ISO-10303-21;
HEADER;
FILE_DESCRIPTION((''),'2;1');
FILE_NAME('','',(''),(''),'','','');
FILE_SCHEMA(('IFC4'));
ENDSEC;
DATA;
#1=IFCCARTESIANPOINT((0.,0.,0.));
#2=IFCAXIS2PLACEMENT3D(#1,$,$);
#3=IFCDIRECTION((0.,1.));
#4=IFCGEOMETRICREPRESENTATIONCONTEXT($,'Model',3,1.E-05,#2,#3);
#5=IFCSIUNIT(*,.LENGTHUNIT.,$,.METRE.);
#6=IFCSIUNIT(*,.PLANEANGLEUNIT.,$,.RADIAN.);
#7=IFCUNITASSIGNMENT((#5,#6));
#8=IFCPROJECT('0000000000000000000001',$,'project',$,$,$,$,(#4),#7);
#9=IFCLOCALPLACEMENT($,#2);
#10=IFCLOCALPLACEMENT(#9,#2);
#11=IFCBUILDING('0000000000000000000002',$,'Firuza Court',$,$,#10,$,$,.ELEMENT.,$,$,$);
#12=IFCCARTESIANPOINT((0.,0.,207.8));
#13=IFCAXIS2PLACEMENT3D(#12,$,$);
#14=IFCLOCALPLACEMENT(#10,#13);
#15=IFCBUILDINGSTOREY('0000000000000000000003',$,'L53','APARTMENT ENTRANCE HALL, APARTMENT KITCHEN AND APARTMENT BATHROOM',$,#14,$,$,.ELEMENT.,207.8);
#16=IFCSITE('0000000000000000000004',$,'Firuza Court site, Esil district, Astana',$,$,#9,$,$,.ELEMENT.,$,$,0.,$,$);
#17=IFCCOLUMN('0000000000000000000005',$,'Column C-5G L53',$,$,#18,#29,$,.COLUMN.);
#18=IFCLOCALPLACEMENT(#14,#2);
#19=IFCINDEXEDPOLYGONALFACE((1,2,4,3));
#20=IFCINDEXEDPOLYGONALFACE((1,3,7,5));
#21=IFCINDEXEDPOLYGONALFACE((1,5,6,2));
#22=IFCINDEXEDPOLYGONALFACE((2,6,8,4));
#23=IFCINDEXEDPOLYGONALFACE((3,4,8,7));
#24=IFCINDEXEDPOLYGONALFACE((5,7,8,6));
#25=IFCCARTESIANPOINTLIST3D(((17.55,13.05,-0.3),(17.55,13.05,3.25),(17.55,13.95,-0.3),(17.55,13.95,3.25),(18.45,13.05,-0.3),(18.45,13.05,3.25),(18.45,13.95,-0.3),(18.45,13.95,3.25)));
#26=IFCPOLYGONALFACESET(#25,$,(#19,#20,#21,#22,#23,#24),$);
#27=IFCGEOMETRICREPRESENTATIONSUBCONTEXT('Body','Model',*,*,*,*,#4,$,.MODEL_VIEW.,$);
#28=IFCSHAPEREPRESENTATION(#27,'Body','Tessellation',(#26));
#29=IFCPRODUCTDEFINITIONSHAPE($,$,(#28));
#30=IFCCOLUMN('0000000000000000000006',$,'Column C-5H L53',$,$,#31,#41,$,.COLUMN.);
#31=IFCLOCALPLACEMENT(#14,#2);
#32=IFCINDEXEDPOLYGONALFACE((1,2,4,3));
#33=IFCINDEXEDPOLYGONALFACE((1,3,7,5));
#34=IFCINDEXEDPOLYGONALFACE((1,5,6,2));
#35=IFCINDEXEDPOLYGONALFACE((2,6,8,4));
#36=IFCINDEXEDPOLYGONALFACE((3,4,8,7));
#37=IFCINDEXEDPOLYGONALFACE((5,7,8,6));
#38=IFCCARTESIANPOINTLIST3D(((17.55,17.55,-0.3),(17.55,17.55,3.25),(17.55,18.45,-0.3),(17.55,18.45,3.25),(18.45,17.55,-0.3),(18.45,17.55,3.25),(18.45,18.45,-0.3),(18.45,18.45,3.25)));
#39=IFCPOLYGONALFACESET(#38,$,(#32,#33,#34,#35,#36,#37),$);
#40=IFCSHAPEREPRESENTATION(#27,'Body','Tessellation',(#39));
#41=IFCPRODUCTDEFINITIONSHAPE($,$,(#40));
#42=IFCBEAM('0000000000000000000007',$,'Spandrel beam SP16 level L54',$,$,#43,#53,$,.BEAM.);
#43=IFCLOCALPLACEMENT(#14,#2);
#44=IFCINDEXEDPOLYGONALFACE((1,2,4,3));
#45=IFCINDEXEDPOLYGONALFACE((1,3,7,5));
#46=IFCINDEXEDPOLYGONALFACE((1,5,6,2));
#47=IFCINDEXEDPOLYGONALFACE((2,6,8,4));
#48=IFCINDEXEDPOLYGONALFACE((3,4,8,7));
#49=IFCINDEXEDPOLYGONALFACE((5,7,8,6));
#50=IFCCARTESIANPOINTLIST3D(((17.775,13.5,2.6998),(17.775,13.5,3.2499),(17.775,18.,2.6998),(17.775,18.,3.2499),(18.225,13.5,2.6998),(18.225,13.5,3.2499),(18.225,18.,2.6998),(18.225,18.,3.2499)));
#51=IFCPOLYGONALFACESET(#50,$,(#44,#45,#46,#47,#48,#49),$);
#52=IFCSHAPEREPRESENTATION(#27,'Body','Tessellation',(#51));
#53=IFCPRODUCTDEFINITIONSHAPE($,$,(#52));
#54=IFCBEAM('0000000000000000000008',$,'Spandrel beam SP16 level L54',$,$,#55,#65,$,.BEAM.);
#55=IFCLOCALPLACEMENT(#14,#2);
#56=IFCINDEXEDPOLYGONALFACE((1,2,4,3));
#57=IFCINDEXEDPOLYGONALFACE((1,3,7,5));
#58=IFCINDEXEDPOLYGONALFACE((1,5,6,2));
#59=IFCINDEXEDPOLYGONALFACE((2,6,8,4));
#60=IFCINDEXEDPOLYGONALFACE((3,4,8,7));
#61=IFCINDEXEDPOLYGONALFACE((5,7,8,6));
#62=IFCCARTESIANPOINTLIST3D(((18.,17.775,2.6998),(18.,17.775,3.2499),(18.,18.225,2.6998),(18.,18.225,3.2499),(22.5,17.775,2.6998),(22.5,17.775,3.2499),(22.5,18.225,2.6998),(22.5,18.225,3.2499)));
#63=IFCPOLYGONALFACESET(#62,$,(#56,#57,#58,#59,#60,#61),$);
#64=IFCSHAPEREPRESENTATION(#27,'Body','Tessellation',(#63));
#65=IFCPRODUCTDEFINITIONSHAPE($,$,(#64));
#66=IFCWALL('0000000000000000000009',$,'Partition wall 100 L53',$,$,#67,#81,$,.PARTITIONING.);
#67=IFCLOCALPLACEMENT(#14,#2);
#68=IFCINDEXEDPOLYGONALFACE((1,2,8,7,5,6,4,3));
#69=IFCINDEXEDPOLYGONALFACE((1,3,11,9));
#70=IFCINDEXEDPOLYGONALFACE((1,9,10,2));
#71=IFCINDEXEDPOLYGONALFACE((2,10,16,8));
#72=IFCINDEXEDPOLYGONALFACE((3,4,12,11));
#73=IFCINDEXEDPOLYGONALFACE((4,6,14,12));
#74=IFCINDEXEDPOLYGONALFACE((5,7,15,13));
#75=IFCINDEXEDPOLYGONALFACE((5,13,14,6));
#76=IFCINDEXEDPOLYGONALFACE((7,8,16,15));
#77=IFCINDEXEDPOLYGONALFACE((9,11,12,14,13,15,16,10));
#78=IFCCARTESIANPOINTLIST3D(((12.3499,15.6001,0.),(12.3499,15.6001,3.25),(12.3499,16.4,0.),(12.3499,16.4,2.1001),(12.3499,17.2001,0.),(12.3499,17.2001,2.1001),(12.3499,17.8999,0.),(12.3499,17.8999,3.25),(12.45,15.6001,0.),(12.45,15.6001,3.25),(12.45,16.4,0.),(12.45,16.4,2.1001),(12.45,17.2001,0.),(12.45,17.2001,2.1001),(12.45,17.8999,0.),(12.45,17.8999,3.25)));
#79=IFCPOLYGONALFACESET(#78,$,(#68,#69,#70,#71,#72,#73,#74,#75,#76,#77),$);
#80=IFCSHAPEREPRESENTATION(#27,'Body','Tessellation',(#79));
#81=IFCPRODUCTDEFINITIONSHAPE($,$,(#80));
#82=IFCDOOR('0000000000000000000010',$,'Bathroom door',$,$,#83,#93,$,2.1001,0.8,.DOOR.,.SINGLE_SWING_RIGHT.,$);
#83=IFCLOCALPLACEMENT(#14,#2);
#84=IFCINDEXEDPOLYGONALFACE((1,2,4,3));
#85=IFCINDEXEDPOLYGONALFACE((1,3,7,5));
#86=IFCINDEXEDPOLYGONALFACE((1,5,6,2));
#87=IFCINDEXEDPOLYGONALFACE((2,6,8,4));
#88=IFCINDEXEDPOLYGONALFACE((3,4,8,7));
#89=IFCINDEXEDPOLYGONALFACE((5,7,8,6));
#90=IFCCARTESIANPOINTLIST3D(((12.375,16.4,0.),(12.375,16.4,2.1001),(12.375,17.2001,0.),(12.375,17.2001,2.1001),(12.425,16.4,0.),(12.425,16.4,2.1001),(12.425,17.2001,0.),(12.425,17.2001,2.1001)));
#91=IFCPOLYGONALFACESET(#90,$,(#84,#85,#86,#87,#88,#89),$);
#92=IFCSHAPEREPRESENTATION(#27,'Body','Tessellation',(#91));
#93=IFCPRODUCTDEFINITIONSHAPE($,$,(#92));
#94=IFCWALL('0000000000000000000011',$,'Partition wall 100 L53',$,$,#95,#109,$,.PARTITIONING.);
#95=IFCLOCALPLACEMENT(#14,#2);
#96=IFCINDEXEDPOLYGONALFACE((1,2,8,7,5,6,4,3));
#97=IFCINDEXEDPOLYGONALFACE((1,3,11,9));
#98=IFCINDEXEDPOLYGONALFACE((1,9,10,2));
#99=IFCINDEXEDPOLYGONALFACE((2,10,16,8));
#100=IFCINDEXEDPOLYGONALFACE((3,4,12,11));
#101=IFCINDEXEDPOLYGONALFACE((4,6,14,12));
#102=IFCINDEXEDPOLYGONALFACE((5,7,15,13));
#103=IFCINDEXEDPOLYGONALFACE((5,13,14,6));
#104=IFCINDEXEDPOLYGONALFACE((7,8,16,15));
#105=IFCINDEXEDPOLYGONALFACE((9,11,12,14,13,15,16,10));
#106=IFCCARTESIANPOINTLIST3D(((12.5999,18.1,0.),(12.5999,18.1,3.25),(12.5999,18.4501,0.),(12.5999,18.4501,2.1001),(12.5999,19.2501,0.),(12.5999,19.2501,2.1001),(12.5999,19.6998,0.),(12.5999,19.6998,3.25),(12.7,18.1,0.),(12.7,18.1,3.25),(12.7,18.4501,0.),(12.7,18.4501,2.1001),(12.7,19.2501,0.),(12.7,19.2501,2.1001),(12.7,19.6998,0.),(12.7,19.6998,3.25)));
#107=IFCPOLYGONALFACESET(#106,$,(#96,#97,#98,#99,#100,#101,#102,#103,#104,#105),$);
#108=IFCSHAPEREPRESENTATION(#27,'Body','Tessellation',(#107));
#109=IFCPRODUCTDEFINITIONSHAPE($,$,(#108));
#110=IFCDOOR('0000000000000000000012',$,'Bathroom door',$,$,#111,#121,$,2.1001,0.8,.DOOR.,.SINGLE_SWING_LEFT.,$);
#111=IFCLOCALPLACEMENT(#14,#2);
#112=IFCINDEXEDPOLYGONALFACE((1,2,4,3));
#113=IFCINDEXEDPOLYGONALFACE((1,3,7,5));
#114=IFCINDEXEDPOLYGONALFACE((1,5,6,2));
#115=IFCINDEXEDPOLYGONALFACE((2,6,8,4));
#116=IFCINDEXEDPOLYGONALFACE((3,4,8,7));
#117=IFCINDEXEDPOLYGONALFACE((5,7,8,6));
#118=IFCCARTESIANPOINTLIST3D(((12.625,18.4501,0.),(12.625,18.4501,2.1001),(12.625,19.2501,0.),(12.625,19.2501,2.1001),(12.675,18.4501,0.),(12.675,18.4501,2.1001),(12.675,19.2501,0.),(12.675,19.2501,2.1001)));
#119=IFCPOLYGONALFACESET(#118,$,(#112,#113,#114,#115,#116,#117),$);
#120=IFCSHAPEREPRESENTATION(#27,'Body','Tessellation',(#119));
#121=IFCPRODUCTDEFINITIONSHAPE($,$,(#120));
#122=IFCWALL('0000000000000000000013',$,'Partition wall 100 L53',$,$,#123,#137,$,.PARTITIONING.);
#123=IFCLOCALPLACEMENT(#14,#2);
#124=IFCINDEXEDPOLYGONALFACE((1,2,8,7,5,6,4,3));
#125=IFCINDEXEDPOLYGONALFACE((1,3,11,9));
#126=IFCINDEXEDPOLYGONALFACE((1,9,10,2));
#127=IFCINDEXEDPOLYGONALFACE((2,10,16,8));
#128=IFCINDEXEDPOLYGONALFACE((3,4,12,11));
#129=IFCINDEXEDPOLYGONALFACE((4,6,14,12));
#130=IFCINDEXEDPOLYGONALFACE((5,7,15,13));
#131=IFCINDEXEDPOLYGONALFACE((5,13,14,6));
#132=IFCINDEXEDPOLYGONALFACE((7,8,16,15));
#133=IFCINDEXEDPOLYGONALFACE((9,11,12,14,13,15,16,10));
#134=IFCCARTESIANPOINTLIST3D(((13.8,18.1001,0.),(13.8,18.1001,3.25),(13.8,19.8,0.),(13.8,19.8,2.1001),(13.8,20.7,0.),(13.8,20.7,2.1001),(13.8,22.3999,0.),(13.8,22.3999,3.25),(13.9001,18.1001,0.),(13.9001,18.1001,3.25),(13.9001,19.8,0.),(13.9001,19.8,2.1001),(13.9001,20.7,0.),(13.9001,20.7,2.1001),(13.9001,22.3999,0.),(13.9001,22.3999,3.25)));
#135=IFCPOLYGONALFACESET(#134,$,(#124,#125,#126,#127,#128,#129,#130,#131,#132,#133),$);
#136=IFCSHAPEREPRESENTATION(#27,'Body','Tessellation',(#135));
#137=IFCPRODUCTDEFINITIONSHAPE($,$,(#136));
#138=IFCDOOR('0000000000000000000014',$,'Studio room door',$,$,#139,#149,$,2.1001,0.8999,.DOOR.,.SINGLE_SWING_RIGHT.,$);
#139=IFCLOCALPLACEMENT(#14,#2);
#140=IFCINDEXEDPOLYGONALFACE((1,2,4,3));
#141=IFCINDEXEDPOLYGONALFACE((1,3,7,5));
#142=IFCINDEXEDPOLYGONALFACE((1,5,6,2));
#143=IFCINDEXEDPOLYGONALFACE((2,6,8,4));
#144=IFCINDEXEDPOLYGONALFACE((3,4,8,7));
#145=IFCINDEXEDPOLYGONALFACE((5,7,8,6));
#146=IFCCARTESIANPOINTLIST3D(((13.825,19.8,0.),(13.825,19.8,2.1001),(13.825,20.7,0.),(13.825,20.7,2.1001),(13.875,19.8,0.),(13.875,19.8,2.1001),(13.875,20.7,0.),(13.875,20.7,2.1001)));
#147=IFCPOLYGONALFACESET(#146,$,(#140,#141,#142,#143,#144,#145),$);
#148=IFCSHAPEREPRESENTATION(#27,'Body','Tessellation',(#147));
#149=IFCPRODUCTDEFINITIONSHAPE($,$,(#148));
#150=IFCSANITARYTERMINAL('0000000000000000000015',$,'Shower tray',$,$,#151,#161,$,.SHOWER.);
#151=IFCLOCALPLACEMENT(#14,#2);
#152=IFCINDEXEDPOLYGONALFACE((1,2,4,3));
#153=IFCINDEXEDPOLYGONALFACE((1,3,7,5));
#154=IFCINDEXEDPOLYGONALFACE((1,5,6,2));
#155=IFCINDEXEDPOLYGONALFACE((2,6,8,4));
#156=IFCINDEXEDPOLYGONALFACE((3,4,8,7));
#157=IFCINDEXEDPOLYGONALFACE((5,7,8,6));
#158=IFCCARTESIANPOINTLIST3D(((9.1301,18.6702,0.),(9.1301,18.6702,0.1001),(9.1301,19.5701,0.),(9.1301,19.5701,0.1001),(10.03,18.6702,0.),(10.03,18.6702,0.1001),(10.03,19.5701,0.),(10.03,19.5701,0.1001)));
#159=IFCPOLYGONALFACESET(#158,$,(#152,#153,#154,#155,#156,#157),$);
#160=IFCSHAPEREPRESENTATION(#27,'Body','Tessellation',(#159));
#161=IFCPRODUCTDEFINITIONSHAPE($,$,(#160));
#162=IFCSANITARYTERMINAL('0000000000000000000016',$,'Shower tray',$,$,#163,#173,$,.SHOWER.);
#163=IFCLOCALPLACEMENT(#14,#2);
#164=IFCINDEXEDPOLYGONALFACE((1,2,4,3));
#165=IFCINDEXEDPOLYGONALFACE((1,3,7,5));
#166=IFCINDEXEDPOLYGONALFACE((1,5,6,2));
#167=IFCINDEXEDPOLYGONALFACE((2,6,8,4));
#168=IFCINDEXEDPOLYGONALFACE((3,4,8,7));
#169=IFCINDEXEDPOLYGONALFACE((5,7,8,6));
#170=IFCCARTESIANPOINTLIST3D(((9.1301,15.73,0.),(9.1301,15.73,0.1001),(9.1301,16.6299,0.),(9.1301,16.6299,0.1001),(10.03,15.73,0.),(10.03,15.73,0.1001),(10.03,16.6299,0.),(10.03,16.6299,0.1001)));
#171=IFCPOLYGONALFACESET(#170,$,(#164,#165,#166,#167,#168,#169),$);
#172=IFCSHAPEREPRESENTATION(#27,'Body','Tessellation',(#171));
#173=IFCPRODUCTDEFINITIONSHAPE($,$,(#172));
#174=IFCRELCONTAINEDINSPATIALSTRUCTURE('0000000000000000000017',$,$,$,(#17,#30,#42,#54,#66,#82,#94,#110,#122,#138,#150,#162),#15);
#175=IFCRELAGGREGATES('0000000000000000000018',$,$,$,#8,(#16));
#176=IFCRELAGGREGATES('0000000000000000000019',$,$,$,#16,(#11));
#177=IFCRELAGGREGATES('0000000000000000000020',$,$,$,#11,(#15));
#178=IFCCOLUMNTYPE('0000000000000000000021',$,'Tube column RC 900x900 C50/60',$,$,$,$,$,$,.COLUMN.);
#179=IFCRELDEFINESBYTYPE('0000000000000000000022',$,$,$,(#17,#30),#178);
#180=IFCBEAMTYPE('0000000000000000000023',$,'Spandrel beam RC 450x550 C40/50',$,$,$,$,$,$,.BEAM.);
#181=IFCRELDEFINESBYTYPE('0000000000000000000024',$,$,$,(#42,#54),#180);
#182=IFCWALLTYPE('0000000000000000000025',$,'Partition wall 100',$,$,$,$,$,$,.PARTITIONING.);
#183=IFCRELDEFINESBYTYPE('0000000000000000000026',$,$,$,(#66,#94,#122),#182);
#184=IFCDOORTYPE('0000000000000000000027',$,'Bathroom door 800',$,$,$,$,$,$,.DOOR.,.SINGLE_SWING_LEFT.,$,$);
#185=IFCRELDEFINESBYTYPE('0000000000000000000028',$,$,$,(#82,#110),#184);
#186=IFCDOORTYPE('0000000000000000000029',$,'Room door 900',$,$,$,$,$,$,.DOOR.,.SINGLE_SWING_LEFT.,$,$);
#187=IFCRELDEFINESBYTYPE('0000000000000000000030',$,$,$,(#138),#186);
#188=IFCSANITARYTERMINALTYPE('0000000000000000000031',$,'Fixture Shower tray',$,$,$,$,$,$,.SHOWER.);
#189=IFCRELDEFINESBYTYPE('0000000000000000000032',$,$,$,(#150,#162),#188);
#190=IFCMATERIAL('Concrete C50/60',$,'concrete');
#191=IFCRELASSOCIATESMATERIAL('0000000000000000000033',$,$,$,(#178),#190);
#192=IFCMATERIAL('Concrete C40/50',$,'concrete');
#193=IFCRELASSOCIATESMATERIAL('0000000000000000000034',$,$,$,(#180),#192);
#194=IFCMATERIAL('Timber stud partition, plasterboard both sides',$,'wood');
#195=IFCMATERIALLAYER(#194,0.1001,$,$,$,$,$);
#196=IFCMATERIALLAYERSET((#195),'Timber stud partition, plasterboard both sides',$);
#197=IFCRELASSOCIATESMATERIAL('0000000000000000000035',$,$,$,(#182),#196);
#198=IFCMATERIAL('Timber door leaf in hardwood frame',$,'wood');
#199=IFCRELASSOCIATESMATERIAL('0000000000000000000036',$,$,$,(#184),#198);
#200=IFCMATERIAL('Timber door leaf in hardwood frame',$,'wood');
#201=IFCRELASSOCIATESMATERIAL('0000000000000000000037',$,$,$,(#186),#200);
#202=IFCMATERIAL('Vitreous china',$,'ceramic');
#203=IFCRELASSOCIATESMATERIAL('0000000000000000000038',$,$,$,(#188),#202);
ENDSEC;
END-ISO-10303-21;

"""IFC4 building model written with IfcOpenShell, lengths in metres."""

from ifc_helpers import new_model, si_unit, direction, frame, frame_2d, origin, origin_2d, place, context, subcontext, project, spatial, rectangle, extrude, material, layer, layer_set, material_profile, profile_set, type_object, element, fill, save


model = new_model("IFC4")

# Units and contexts
model_context = context("Model", 3, precision=1e-05, world=origin(), true_north=direction((0.0, 1.0)))
body_context = subcontext(model_context, "Body", "Model", "MODEL_VIEW")
ifc_project = project(units=[si_unit("LENGTHUNIT", "METRE"), si_unit("PLANEANGLEUNIT", "RADIAN")], contexts=[model_context])

# Site, building, storey
site_placement = place(None, origin())
site = spatial("IfcSite", under=ifc_project, at=site_placement, Name="Firuza Court site, Esil district, Astana", CompositionType="ELEMENT", RefElevation=0.0)
building_placement = place(site_placement, origin())
building = spatial("IfcBuilding", under=site, at=building_placement, Name="Firuza Court", CompositionType="ELEMENT")
storey_placement = place(building_placement, frame((0.0, 0.0, 207.8)))
storey = spatial("IfcBuildingStorey", under=building, at=storey_placement, Name="L53", Description="APARTMENT ENTRANCE HALL, APARTMENT KITCHEN AND APARTMENT BATHROOM", CompositionType="ELEMENT", Elevation=207.8)

# Columns
ifc_material_1 = material(Name="Concrete C50/60", Category="concrete")
ifc_material_profile_1 = material_profile(ifc_material_1, rectangle(XDim=0.8999, YDim=0.8999, at=origin_2d()), Name="RC 900x900")
ifc_profile_set_1 = profile_set([ifc_material_profile_1], Name="Concrete C50/60")
column_type = type_object("IfcColumnType", Name="Tube column RC 900x900 C50/60", PredefinedType="COLUMN", material=ifc_profile_set_1)
for number, where, z_axis, x_axis, name in (
    (1, (18.0, 13.5, -0.3), (0.0, 0.0, 1.0), (1.0, 0.0, 0.0), "Column C-5G L53"),
    (2, (18.0, 18.0, -0.3), (0.0, 0.0, 1.0), (1.0, 0.0, 0.0), "Column C-5H L53"),
):
    element("IfcColumn", number, at=place(storey_placement, frame(where, z_axis=z_axis, x_axis=x_axis)), inside=storey, type_object=column_type, Name=name, PredefinedType="COLUMN", context=body_context, shape_type="SweptSolid", body=[
        extrude(rectangle(XDim=0.8999, YDim=0.8999, at=origin_2d()), origin(), (0.0, 0.0, 1.0), 3.55),
    ])

# Beams
ifc_material_2 = material(Name="Concrete C40/50", Category="concrete")
ifc_material_profile_2 = material_profile(ifc_material_2, rectangle(XDim=0.45, YDim=0.55, at=origin_2d()), Name="RC 450x550")
ifc_profile_set_2 = profile_set([ifc_material_profile_2], Name="Concrete C40/50")
beam_type = type_object("IfcBeamType", Name="Spandrel beam RC 450x550 C40/50", PredefinedType="BEAM", material=ifc_profile_set_2)
for number, where, z_axis, x_axis, name in (
    (3, (18.0, 13.5, 2.9749), (0.0, 1.0, 0.0), (-1.0, 0.0, 0.0), "Spandrel beam SP16 level L54"),
    (4, (18.0, 18.0, 2.9749), (1.0, 0.0, 0.0), (0.0, 1.0, 0.0), "Spandrel beam SP16 level L54"),
):
    element("IfcBeam", number, at=place(storey_placement, frame(where, z_axis=z_axis, x_axis=x_axis)), inside=storey, type_object=beam_type, Name=name, PredefinedType="BEAM", context=body_context, shape_type="SweptSolid", body=[
        extrude(rectangle(XDim=0.45, YDim=0.55, at=origin_2d()), origin(), (0.0, 0.0, 1.0), 4.5),
    ])

# Walls, openings, doors
ifc_material_3 = material(Name="Timber stud partition, plasterboard both sides", Category="wood")
ifc_layer = layer(ifc_material_3, 0.1001)
ifc_layer_set = layer_set([ifc_layer], Name="Timber stud partition, plasterboard both sides")
wall_type = type_object("IfcWallType", Name="Partition wall 100", PredefinedType="PARTITIONING", material=ifc_layer_set)
wall_1_placement = place(storey_placement, frame((12.3999, 15.6001, 0.0), z_axis=(0.0, 0.0, 1.0), x_axis=(0.0, 1.0, 0.0)))
wall_1 = element("IfcWall", 5, at=wall_1_placement, inside=storey, type_object=wall_type, Name="Partition wall 100 L53", PredefinedType="PARTITIONING", context=body_context, shape_type="SweptSolid", body=[
    extrude(rectangle(XDim=2.2998, YDim=0.1001, at=frame_2d((1.1499, 0.0))), origin(), (0.0, 0.0, 1.0), 3.25),
])
opening_1_placement = place(wall_1_placement, frame((0.8, 0.0, 0.0)))
opening_1 = element("IfcOpeningElement", 6, at=opening_1_placement, cuts=wall_1, PredefinedType="OPENING", context=body_context, shape_type="SweptSolid", body=[
    extrude(rectangle(XDim=0.8, YDim=2.1001, at=frame_2d((0.3999, 1.05))), frame((0.0, 0.062, 0.0), z_axis=(0.0, -1.0, 0.0), x_axis=(1.0, 0.0, 0.0)), (0.0, 0.0, 1.0), 0.124),
])
ifc_material_4 = material(Name="Timber door leaf in hardwood frame", Category="wood")
door_type_1 = type_object("IfcDoorType", Name="Bathroom door 800", OperationType="SINGLE_SWING_LEFT", PredefinedType="DOOR", material=ifc_material_4)
door_1_placement = place(opening_1_placement, origin())
door_1 = element("IfcDoor", 7, at=door_1_placement, inside=storey, type_object=door_type_1, Name="Bathroom door", OperationType="SINGLE_SWING_RIGHT", OverallHeight=2.1001, OverallWidth=0.8, PredefinedType="DOOR", context=body_context, shape_type="SweptSolid", body=[
    extrude(rectangle(XDim=0.8, YDim=2.1001, at=frame_2d((0.3999, 1.05))), frame((0.0, 0.0249, 0.0), z_axis=(0.0, -1.0, 0.0), x_axis=(1.0, 0.0, 0.0)), (0.0, 0.0, 1.0), 0.05),
])
fill(opening_1, door_1)
wall_2_placement = place(storey_placement, frame((12.6499, 18.1001, 0.0), z_axis=(0.0, 0.0, 1.0), x_axis=(0.0, 1.0, 0.0)))
wall_2 = element("IfcWall", 8, at=wall_2_placement, inside=storey, type_object=wall_type, Name="Partition wall 100 L53", PredefinedType="PARTITIONING", context=body_context, shape_type="SweptSolid", body=[
    extrude(rectangle(XDim=1.5999, YDim=0.1001, at=frame_2d((0.7998, 0.0))), origin(), (0.0, 0.0, 1.0), 3.25),
])
opening_2_placement = place(wall_2_placement, frame((0.3501, 0.0, 0.0)))
opening_2 = element("IfcOpeningElement", 9, at=opening_2_placement, cuts=wall_2, PredefinedType="OPENING", context=body_context, shape_type="SweptSolid", body=[
    extrude(rectangle(XDim=0.8, YDim=2.1001, at=frame_2d((0.3999, 1.05))), frame((0.0, 0.062, 0.0), z_axis=(0.0, -1.0, 0.0), x_axis=(1.0, 0.0, 0.0)), (0.0, 0.0, 1.0), 0.124),
])
door_2_placement = place(opening_2_placement, origin())
door_2 = element("IfcDoor", 10, at=door_2_placement, inside=storey, type_object=door_type_1, Name="Bathroom door", OperationType="SINGLE_SWING_LEFT", OverallHeight=2.1001, OverallWidth=0.8, PredefinedType="DOOR", context=body_context, shape_type="SweptSolid", body=[
    extrude(rectangle(XDim=0.8, YDim=2.1001, at=frame_2d((0.3999, 1.05))), frame((0.0, 0.0249, 0.0), z_axis=(0.0, -1.0, 0.0), x_axis=(1.0, 0.0, 0.0)), (0.0, 0.0, 1.0), 0.05),
])
fill(opening_2, door_2)
wall_3_placement = place(storey_placement, frame((13.8501, 18.1001, 0.0), z_axis=(0.0, 0.0, 1.0), x_axis=(0.0, 1.0, 0.0)))
wall_3 = element("IfcWall", 11, at=wall_3_placement, inside=storey, type_object=wall_type, Name="Partition wall 100 L53", PredefinedType="PARTITIONING", context=body_context, shape_type="SweptSolid", body=[
    extrude(rectangle(XDim=4.2998, YDim=0.1001, at=frame_2d((2.1499, 0.0))), origin(), (0.0, 0.0, 1.0), 3.25),
])
opening_3_placement = place(wall_3_placement, frame((1.7, 0.0, 0.0)))
opening_3 = element("IfcOpeningElement", 12, at=opening_3_placement, cuts=wall_3, PredefinedType="OPENING", context=body_context, shape_type="SweptSolid", body=[
    extrude(rectangle(XDim=0.8999, YDim=2.1001, at=frame_2d((0.45, 1.05))), frame((0.0, 0.062, 0.0), z_axis=(0.0, -1.0, 0.0), x_axis=(1.0, 0.0, 0.0)), (0.0, 0.0, 1.0), 0.124),
])
ifc_material_5 = material(Name="Timber door leaf in hardwood frame", Category="wood")
door_type_2 = type_object("IfcDoorType", Name="Room door 900", OperationType="SINGLE_SWING_LEFT", PredefinedType="DOOR", material=ifc_material_5)
door_3_placement = place(opening_3_placement, frame((0.8999, 0.0, 0.0), z_axis=(0.0, 0.0, 1.0), x_axis=(-1.0, 0.0, 0.0)))
door_3 = element("IfcDoor", 13, at=door_3_placement, inside=storey, type_object=door_type_2, Name="Studio room door", OperationType="SINGLE_SWING_RIGHT", OverallHeight=2.1001, OverallWidth=0.8999, PredefinedType="DOOR", context=body_context, shape_type="SweptSolid", body=[
    extrude(rectangle(XDim=0.8999, YDim=2.1001, at=frame_2d((0.45, 1.05))), frame((0.0, 0.0249, 0.0), z_axis=(0.0, -1.0, 0.0), x_axis=(1.0, 0.0, 0.0)), (0.0, 0.0, 1.0), 0.05),
])
fill(opening_3, door_3)

# Sanitary terminals
ifc_material_6 = material(Name="Vitreous china", Category="ceramic")
sanitary_terminal_type_1 = type_object("IfcSanitaryTerminalType", Name="Fixture Shower tray", PredefinedType="SHOWER", material=ifc_material_6)
for number, where, z_axis, x_axis, name in (
    (14, (9.5801, 19.1201, 0.0), (0.0, 0.0, 1.0), (1.0, 0.0, 0.0), "Shower tray"),
    (15, (9.5801, 16.1799, 0.0), (0.0, 0.0, 1.0), (1.0, 0.0, 0.0), "Shower tray"),
):
    element("IfcSanitaryTerminal", number, at=place(storey_placement, frame(where, z_axis=z_axis, x_axis=x_axis)), inside=storey, type_object=sanitary_terminal_type_1, Name=name, PredefinedType="SHOWER", context=body_context, shape_type="SweptSolid", body=[
        extrude(rectangle(XDim=0.8999, YDim=0.8999, at=origin_2d()), origin(), (0.0, 0.0, 1.0), 0.1001),
    ])

save(model, "model.ifc")
